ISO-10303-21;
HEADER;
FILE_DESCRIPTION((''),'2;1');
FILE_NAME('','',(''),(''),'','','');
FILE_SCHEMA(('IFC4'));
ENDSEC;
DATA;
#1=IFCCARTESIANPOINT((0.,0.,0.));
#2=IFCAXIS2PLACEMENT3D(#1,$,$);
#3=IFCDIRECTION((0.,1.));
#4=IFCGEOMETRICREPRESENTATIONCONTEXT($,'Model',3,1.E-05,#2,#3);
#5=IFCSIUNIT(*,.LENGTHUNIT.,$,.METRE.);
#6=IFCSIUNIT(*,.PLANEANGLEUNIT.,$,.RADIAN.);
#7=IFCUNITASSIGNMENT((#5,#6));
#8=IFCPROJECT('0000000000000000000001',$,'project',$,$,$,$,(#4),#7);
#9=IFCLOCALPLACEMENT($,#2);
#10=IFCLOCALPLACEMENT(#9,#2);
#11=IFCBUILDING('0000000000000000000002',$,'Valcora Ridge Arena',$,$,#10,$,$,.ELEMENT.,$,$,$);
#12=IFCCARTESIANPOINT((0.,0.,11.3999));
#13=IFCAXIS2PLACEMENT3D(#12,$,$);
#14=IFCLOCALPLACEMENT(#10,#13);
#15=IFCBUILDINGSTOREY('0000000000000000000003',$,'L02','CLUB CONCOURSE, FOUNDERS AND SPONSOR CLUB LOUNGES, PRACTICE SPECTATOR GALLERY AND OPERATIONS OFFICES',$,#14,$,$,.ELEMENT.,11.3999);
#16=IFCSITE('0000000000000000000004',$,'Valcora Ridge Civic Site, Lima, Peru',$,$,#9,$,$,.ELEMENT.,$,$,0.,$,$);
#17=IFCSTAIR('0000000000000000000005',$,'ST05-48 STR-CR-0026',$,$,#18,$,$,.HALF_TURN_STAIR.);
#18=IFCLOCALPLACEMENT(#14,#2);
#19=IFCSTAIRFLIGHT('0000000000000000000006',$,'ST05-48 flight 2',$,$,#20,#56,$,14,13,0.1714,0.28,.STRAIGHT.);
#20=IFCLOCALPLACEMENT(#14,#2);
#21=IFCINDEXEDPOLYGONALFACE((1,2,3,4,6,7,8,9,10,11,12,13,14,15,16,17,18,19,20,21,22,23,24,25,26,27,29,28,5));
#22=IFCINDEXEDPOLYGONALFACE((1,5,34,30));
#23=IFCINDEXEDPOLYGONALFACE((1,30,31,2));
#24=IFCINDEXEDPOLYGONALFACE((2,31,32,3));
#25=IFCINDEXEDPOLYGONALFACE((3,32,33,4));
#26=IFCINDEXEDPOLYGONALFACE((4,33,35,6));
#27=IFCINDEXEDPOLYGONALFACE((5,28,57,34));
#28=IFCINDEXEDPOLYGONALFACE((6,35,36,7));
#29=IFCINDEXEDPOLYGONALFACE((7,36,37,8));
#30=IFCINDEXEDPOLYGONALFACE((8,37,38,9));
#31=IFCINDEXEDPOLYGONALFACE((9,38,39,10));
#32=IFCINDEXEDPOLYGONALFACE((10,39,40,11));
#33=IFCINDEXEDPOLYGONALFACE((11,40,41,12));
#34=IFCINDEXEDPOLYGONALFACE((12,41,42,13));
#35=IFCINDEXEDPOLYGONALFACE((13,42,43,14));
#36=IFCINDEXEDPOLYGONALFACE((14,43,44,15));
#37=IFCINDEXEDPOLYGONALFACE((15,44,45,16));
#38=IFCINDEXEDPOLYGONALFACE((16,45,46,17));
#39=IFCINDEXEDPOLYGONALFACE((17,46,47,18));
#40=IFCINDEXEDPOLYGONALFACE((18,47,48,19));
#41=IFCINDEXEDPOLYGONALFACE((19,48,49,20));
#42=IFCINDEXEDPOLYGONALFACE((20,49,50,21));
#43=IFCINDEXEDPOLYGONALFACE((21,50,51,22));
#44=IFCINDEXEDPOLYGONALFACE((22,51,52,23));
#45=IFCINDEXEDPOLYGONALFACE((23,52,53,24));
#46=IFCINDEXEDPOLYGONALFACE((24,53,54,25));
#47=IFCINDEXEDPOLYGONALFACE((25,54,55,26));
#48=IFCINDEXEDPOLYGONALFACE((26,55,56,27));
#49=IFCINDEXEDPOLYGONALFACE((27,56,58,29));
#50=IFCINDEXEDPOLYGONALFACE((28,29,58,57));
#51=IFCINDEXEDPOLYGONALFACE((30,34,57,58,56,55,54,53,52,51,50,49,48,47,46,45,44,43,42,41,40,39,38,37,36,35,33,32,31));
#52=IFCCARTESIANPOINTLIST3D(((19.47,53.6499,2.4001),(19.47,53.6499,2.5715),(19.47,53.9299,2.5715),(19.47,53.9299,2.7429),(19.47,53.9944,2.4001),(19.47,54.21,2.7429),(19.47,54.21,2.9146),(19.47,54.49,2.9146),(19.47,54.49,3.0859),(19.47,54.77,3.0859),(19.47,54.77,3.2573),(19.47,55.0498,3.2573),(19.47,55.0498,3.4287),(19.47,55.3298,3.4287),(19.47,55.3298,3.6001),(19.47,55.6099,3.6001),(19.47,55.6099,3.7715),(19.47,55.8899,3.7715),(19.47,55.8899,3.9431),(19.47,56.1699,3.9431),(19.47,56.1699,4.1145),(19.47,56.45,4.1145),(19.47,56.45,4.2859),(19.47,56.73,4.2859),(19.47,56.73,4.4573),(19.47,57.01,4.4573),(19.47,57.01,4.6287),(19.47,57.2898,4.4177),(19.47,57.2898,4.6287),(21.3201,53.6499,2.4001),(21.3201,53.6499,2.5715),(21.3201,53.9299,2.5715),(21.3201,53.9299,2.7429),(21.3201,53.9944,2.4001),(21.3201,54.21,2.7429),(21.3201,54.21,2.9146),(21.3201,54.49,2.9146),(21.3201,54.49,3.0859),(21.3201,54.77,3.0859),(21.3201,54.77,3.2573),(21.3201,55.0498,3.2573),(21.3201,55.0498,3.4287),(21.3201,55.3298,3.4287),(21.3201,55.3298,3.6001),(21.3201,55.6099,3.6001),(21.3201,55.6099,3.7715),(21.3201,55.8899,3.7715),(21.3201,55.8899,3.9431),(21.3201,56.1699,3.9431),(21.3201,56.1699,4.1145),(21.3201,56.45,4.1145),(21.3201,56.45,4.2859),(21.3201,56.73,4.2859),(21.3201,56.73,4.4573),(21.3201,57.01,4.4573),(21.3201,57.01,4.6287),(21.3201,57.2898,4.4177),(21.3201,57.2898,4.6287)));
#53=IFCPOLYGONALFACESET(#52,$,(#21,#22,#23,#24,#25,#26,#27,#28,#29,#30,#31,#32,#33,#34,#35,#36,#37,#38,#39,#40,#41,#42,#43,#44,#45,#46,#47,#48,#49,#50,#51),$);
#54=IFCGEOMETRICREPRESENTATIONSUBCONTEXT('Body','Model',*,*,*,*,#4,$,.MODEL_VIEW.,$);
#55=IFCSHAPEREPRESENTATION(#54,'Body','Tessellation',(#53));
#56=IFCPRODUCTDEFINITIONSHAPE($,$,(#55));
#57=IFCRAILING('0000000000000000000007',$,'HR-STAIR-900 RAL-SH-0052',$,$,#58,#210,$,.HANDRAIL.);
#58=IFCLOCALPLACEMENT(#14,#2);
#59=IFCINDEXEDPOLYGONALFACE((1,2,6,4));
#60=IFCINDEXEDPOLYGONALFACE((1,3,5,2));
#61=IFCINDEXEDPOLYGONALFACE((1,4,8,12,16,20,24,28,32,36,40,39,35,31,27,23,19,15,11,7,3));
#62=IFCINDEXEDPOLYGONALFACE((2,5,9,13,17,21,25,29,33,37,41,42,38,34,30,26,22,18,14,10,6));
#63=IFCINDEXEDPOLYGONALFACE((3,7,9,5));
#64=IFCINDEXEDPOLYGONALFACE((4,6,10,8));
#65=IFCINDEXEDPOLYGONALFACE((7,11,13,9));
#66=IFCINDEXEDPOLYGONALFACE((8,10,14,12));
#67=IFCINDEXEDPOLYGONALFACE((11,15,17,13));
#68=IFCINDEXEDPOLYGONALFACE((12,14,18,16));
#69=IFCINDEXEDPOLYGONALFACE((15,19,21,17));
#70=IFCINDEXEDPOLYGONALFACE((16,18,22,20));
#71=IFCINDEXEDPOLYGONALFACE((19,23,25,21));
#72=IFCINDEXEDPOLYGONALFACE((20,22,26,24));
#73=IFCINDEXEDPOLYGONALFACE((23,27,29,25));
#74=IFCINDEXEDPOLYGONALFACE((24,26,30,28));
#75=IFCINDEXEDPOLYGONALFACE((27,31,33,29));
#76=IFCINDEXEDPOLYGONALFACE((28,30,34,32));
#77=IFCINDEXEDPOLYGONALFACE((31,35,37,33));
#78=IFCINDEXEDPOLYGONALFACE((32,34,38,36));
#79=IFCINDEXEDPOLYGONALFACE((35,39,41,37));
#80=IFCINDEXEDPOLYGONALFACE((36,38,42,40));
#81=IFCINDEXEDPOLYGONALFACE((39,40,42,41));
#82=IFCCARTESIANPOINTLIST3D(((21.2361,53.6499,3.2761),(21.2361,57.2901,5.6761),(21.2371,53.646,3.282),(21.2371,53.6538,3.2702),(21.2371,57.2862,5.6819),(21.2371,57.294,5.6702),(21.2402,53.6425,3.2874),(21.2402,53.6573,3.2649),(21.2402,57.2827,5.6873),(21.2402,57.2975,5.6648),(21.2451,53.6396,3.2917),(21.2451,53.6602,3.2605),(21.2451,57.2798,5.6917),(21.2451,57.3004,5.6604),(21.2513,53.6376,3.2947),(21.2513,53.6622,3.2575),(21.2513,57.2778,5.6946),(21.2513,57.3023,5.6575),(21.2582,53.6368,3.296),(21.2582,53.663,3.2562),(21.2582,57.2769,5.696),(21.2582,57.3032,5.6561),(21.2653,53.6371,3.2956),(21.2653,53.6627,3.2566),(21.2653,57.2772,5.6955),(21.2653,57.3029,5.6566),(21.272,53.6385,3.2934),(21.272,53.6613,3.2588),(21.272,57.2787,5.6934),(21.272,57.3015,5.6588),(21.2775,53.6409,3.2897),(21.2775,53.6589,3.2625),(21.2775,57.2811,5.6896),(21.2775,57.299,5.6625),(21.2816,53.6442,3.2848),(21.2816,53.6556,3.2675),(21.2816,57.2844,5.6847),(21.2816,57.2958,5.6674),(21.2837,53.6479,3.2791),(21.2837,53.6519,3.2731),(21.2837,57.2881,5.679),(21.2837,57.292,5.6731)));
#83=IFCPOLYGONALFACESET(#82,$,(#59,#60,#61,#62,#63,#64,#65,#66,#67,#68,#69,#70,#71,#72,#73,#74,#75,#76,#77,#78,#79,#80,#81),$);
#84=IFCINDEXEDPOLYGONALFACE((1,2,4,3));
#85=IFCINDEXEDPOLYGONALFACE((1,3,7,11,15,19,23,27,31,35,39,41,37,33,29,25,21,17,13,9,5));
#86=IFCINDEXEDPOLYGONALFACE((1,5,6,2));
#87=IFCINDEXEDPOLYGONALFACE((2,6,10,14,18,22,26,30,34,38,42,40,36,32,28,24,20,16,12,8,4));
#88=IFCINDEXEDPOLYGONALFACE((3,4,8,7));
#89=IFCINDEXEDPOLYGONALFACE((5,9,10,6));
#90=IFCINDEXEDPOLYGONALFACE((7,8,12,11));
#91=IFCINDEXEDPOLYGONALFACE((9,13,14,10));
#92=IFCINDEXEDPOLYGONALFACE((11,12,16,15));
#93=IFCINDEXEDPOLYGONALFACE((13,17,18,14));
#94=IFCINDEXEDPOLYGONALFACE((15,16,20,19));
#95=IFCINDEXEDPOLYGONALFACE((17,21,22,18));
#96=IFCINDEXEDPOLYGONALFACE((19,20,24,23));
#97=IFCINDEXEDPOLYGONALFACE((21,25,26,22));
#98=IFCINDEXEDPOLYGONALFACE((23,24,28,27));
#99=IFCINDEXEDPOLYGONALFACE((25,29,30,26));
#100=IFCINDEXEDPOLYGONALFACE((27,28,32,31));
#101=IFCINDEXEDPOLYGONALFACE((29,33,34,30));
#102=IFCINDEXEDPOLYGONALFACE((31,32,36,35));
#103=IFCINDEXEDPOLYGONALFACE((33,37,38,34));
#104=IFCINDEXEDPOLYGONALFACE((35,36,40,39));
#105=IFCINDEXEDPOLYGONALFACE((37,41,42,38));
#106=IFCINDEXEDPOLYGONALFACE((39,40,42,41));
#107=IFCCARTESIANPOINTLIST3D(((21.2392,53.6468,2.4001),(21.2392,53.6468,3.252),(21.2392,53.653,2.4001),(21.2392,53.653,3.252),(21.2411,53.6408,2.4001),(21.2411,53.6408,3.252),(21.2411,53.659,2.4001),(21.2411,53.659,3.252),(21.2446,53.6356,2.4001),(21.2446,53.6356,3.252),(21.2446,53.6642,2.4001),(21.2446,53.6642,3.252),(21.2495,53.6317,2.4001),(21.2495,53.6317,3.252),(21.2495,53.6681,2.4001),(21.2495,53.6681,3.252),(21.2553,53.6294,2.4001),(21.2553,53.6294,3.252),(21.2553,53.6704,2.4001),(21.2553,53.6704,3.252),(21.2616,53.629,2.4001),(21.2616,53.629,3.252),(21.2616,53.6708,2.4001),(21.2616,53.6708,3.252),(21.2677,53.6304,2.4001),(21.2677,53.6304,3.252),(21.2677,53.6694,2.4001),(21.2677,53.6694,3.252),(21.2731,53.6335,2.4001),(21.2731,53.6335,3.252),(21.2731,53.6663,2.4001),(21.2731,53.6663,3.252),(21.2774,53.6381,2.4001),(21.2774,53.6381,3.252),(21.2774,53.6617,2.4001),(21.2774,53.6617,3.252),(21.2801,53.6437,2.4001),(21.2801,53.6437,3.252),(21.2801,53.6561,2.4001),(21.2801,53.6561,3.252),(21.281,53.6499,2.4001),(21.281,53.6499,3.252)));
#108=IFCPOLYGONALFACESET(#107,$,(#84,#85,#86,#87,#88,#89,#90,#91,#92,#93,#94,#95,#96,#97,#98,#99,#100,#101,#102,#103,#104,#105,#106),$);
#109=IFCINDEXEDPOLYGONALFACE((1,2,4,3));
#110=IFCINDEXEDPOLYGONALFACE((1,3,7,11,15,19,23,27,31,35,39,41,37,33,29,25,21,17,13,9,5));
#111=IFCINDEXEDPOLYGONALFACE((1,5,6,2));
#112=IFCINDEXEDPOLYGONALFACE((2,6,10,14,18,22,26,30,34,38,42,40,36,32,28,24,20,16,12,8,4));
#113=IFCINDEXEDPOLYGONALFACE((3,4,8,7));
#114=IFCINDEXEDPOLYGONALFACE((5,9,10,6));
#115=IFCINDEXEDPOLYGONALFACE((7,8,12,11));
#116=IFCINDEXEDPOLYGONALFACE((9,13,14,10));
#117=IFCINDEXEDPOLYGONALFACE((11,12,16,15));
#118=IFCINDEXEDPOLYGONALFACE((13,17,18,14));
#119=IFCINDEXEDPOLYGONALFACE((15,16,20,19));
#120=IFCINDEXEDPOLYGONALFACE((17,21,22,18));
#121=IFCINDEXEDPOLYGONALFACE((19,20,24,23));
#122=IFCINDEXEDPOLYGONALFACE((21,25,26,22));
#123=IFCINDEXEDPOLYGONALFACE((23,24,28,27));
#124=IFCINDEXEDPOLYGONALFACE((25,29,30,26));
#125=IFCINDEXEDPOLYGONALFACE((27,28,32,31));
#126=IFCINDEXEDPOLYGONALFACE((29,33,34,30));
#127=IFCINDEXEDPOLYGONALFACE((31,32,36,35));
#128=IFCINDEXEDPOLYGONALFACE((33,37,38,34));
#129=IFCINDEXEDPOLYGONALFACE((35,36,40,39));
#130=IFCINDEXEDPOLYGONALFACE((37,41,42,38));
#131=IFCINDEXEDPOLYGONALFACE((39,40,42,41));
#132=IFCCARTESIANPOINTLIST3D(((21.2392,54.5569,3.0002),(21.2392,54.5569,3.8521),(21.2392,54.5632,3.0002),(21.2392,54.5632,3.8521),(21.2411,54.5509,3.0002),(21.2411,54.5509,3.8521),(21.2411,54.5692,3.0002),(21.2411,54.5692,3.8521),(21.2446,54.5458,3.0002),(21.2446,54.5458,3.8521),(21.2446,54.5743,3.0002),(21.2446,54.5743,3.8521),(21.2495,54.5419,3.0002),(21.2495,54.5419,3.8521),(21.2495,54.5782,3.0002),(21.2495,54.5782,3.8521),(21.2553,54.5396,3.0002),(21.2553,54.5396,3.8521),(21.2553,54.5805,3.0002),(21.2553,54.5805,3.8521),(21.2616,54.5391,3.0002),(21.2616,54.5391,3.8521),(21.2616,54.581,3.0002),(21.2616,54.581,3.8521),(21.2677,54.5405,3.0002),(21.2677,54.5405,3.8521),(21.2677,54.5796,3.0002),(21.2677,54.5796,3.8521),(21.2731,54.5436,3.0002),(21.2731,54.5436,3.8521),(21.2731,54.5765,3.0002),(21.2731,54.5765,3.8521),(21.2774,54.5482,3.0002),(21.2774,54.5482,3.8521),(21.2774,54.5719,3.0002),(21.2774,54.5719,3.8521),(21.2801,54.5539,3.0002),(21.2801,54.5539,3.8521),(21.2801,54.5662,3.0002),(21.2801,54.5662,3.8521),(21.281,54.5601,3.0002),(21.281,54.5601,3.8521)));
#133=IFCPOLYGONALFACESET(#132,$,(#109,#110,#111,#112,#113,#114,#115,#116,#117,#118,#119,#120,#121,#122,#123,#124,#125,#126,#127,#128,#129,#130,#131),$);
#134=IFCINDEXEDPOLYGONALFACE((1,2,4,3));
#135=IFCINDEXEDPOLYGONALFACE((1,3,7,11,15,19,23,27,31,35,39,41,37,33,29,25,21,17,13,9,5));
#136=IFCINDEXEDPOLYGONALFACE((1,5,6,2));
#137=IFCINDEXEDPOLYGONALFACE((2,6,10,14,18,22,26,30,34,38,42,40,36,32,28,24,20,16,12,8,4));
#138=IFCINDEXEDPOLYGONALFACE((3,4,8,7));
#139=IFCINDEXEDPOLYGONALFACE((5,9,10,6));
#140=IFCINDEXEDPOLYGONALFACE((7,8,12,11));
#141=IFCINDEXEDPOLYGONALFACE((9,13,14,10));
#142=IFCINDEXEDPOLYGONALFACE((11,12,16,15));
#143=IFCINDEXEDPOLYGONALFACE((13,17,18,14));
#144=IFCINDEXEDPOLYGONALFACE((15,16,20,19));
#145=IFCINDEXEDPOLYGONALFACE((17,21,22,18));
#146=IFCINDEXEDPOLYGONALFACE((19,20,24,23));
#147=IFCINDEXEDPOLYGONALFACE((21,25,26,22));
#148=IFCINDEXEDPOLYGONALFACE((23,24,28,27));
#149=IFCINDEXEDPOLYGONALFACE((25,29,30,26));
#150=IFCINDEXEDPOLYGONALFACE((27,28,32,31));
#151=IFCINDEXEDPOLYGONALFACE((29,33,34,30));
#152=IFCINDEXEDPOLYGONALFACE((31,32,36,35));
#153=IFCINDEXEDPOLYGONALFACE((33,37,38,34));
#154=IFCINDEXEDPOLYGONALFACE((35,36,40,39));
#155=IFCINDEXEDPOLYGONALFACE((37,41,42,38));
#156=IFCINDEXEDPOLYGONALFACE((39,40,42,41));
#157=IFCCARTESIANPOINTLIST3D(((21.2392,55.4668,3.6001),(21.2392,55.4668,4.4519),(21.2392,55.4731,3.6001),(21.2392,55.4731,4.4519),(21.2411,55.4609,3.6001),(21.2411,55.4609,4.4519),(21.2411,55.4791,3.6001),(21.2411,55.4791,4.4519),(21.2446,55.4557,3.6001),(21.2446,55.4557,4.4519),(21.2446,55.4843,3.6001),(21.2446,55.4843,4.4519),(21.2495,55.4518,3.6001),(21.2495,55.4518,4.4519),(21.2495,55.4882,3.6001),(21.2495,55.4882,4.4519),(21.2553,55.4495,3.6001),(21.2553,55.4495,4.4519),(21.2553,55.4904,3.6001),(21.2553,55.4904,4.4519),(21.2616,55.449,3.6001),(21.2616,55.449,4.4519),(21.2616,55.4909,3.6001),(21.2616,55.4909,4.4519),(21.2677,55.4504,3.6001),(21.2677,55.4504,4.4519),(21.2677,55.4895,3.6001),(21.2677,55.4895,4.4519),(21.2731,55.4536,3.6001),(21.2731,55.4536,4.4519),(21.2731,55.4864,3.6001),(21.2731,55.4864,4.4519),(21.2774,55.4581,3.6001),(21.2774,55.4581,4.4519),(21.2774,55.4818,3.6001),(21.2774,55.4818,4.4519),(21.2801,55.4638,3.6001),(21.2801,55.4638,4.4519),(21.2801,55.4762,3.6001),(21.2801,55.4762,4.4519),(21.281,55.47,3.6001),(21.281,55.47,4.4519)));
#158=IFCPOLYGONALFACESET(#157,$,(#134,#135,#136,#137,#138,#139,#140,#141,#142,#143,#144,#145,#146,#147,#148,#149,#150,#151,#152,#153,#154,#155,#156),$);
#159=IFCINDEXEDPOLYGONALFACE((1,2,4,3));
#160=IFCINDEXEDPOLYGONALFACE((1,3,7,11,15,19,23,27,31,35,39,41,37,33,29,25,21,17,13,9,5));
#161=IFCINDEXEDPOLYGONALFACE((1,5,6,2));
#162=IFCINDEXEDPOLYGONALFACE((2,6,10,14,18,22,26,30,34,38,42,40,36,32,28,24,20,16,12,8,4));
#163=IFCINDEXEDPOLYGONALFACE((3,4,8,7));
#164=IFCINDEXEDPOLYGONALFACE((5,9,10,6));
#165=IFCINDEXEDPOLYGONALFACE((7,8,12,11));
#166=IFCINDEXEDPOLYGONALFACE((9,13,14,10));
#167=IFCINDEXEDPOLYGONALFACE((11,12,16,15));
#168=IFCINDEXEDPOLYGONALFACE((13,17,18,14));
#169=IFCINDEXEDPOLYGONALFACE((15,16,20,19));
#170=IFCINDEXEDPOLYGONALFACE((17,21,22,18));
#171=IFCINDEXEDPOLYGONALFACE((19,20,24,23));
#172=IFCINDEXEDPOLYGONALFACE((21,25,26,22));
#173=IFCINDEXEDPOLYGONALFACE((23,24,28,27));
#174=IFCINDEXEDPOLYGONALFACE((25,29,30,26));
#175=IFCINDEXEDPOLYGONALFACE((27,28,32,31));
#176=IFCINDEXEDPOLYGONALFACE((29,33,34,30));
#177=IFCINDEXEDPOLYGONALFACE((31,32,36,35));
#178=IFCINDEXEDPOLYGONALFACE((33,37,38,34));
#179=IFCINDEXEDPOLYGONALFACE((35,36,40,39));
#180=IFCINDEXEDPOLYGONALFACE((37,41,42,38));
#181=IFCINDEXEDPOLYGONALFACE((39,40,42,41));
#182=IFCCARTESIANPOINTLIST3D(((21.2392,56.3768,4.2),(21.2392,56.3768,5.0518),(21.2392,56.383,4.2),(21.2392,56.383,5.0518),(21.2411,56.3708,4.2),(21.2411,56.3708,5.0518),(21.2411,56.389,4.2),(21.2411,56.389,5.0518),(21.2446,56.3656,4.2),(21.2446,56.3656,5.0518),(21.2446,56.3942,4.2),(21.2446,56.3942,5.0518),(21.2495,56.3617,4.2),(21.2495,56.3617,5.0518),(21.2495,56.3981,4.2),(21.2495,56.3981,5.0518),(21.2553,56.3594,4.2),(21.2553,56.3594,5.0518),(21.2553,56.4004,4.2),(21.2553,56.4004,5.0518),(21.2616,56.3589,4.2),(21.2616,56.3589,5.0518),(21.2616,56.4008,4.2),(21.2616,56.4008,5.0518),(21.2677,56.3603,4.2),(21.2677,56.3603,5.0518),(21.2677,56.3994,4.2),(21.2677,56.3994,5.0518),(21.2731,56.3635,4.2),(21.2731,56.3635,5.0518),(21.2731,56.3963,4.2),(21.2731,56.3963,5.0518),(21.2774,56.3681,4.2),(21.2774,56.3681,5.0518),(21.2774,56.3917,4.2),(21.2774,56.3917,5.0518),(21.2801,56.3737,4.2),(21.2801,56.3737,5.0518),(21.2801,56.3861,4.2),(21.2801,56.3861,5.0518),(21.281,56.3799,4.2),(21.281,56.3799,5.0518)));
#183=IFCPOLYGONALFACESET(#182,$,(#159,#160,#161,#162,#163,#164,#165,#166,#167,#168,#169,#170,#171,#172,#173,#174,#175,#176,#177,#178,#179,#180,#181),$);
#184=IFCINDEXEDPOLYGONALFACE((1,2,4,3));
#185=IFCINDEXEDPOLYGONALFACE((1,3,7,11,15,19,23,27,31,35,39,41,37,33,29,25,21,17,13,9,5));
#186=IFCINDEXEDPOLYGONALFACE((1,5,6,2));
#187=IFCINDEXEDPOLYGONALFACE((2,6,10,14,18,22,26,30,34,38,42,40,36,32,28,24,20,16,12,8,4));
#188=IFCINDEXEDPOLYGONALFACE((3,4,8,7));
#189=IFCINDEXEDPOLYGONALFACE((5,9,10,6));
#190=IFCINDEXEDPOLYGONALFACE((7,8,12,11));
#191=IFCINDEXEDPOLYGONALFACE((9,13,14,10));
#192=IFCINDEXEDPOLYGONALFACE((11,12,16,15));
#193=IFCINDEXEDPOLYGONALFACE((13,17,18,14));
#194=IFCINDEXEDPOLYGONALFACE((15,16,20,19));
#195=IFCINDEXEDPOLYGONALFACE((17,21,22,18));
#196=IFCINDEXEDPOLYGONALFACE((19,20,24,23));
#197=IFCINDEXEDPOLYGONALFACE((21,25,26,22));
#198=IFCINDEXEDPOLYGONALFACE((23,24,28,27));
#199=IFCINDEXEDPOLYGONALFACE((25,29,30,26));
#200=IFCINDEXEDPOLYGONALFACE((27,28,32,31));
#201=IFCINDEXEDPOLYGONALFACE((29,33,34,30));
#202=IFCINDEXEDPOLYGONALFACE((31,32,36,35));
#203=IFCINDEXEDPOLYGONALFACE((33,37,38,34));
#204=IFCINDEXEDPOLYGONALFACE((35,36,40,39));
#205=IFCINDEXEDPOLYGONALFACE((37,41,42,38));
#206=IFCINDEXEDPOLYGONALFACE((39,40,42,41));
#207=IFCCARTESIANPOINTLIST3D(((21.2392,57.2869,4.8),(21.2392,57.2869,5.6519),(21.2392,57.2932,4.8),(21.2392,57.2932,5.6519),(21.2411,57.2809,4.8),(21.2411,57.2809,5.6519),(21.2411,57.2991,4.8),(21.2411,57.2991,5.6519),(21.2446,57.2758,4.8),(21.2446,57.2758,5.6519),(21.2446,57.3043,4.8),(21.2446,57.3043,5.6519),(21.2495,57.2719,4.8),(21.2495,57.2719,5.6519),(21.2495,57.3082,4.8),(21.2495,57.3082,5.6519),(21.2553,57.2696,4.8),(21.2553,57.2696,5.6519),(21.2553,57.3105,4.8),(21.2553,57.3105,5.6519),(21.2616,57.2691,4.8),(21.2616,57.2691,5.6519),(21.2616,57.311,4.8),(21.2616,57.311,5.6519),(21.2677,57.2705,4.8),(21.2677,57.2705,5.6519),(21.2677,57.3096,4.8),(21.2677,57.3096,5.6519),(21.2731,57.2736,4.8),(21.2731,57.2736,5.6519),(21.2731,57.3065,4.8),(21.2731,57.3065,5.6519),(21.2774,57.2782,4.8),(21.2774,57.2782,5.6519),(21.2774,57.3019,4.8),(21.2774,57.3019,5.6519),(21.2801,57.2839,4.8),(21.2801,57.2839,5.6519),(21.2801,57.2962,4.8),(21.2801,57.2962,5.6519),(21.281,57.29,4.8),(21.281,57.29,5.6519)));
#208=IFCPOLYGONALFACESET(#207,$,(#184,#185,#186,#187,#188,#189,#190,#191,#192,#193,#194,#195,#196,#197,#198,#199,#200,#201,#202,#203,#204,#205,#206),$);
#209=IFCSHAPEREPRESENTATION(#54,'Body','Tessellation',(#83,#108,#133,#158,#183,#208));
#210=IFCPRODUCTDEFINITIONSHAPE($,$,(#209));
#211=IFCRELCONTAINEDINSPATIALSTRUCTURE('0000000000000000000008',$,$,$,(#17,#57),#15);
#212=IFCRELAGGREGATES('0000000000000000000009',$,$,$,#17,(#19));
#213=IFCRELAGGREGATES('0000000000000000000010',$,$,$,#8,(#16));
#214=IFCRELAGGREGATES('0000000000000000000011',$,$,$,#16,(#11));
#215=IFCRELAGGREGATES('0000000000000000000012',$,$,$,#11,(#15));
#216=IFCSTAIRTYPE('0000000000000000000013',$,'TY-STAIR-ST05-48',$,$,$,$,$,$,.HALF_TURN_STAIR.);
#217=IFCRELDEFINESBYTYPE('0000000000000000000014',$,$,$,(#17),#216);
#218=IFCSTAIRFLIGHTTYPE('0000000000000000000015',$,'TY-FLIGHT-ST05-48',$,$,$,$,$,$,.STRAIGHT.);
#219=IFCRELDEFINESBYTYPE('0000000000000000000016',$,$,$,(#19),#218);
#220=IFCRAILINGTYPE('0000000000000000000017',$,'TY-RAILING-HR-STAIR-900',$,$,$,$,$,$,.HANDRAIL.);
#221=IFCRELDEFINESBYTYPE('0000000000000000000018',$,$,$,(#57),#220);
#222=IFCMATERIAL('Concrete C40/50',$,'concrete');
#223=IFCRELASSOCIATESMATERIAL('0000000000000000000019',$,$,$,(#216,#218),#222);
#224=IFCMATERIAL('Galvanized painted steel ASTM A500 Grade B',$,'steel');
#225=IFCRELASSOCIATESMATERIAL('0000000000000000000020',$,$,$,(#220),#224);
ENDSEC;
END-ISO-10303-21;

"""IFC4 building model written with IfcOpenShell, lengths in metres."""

from ifc_helpers import new_model, si_unit, direction, frame, origin, origin_2d, place, context, subcontext, project, spatial, polyline, circle, outline, extrude, material, type_object, element, aggregate, save


model = new_model("IFC4")

# Units and contexts
model_context = context("Model", 3, precision=1e-05, world=origin(), true_north=direction((0.0, 1.0)))
body_context = subcontext(model_context, "Body", "Model", "MODEL_VIEW")
ifc_project = project(units=[si_unit("LENGTHUNIT", "METRE"), si_unit("PLANEANGLEUNIT", "RADIAN")], contexts=[model_context])

# Site, building, storey
site_placement = place(None, origin())
site = spatial("IfcSite", under=ifc_project, at=site_placement, Name="Valcora Ridge Civic Site, Lima, Peru", CompositionType="ELEMENT", RefElevation=0.0)
building_placement = place(site_placement, origin())
building = spatial("IfcBuilding", under=site, at=building_placement, Name="Valcora Ridge Arena", CompositionType="ELEMENT")
storey_placement = place(building_placement, frame((0.0, 0.0, 11.3999)))
storey = spatial("IfcBuildingStorey", under=building, at=storey_placement, Name="L02", Description="CLUB CONCOURSE, FOUNDERS AND SPONSOR CLUB LOUNGES, PRACTICE SPECTATOR GALLERY AND OPERATIONS OFFICES", CompositionType="ELEMENT", Elevation=11.3999)

# Shared definitions
ifc_material_1 = material(Name="Concrete C40/50", Category="concrete")

# Stair, stair flight
stair_type = type_object("IfcStairType", Name="TY-STAIR-ST05-48", PredefinedType="HALF_TURN_STAIR", material=ifc_material_1)
stair_placement = place(storey_placement, origin())
stair = element("IfcStair", 1, at=stair_placement, inside=storey, type_object=stair_type, Name="ST05-48 STR-CR-0026", PredefinedType="HALF_TURN_STAIR")
stair_flight_type = type_object("IfcStairFlightType", Name="TY-FLIGHT-ST05-48", PredefinedType="STRAIGHT", material=ifc_material_1)
stair_flight_placement = place(storey_placement, frame((20.395, 53.6499, 2.4001), z_axis=(0.0, 0.0, 1.0), x_axis=(0.0, 1.0, 0.0)))
stair_flight = element("IfcStairFlight", 2, at=stair_flight_placement, type_object=stair_flight_type, Name="ST05-48 flight 2", NumberOfRisers=14, NumberOfTreads=13, PredefinedType="STRAIGHT", RiserHeight=0.1714, TreadLength=0.28, context=body_context, shape_type="SweptSolid", body=[
    extrude(outline(polyline([(0.0, 0.0), (0.0, 0.1714), (0.28, 0.1714), (0.28, 0.3428), (0.5601, 0.3428), (0.5601, 0.5144), (0.8401, 0.5144), (0.8401, 0.6858), (1.1201, 0.6858), (1.1201, 0.8572), (1.3999, 0.8572), (1.3999, 1.0286), (1.6799, 1.0286), (1.6799, 1.2), (1.96, 1.2), (1.96, 1.3713), (2.24, 1.3713), (2.24, 1.543), (2.52, 1.543), (2.52, 1.7144), (2.8, 1.7144), (2.8, 1.8857), (3.0801, 1.8857), (3.0801, 2.0571), (3.3601, 2.0571), (3.3601, 2.2285), (3.6399, 2.2285), (3.6399, 2.3999), (3.6399, 2.0176), (0.3445, 0.0), (0.0, 0.0)])), frame((0.0, 0.925, 0.0), z_axis=(0.0, -1.0, 0.0), x_axis=(1.0, 0.0, 0.0)), (0.0, 0.0, 1.0), 1.8501),
])
aggregate(stair, [stair_flight])

# Railing
ifc_material_2 = material(Name="Galvanized painted steel ASTM A500 Grade B", Category="steel")
railing_type = type_object("IfcRailingType", Name="TY-RAILING-HR-STAIR-900", PredefinedType="HANDRAIL", material=ifc_material_2)
railing_placement = place(storey_placement, frame((21.26, 53.6499, 2.4001)))
element("IfcRailing", 3, at=railing_placement, inside=storey, type_object=railing_type, Name="HR-STAIR-900 RAL-SH-0052", PredefinedType="HANDRAIL", context=body_context, shape_type="SweptSolid", body=[
    extrude(circle(Radius=0.0239, at=origin_2d()), frame((0.0, 0.0, 0.876), z_axis=(0.0, 0.834882, 0.550429), x_axis=(-1.0, 0.0, 0.0)), (0.0, 0.0, 1.0), 4.3601),
    extrude(circle(Radius=0.021, at=origin_2d()), origin(), (0.0, 0.0, 1.0), 0.8518),
    extrude(circle(Radius=0.021, at=origin_2d()), frame((0.0, 0.9102, 0.6001)), (0.0, 0.0, 1.0), 0.8518),
    extrude(circle(Radius=0.021, at=origin_2d()), frame((0.0, 1.8201, 1.2)), (0.0, 0.0, 1.0), 0.8518),
    extrude(circle(Radius=0.021, at=origin_2d()), frame((0.0, 2.73, 1.7998)), (0.0, 0.0, 1.0), 0.8518),
    extrude(circle(Radius=0.021, at=origin_2d()), frame((0.0, 3.6401, 2.3999)), (0.0, 0.0, 1.0), 0.8518),
])

save(model, "model.ifc")
